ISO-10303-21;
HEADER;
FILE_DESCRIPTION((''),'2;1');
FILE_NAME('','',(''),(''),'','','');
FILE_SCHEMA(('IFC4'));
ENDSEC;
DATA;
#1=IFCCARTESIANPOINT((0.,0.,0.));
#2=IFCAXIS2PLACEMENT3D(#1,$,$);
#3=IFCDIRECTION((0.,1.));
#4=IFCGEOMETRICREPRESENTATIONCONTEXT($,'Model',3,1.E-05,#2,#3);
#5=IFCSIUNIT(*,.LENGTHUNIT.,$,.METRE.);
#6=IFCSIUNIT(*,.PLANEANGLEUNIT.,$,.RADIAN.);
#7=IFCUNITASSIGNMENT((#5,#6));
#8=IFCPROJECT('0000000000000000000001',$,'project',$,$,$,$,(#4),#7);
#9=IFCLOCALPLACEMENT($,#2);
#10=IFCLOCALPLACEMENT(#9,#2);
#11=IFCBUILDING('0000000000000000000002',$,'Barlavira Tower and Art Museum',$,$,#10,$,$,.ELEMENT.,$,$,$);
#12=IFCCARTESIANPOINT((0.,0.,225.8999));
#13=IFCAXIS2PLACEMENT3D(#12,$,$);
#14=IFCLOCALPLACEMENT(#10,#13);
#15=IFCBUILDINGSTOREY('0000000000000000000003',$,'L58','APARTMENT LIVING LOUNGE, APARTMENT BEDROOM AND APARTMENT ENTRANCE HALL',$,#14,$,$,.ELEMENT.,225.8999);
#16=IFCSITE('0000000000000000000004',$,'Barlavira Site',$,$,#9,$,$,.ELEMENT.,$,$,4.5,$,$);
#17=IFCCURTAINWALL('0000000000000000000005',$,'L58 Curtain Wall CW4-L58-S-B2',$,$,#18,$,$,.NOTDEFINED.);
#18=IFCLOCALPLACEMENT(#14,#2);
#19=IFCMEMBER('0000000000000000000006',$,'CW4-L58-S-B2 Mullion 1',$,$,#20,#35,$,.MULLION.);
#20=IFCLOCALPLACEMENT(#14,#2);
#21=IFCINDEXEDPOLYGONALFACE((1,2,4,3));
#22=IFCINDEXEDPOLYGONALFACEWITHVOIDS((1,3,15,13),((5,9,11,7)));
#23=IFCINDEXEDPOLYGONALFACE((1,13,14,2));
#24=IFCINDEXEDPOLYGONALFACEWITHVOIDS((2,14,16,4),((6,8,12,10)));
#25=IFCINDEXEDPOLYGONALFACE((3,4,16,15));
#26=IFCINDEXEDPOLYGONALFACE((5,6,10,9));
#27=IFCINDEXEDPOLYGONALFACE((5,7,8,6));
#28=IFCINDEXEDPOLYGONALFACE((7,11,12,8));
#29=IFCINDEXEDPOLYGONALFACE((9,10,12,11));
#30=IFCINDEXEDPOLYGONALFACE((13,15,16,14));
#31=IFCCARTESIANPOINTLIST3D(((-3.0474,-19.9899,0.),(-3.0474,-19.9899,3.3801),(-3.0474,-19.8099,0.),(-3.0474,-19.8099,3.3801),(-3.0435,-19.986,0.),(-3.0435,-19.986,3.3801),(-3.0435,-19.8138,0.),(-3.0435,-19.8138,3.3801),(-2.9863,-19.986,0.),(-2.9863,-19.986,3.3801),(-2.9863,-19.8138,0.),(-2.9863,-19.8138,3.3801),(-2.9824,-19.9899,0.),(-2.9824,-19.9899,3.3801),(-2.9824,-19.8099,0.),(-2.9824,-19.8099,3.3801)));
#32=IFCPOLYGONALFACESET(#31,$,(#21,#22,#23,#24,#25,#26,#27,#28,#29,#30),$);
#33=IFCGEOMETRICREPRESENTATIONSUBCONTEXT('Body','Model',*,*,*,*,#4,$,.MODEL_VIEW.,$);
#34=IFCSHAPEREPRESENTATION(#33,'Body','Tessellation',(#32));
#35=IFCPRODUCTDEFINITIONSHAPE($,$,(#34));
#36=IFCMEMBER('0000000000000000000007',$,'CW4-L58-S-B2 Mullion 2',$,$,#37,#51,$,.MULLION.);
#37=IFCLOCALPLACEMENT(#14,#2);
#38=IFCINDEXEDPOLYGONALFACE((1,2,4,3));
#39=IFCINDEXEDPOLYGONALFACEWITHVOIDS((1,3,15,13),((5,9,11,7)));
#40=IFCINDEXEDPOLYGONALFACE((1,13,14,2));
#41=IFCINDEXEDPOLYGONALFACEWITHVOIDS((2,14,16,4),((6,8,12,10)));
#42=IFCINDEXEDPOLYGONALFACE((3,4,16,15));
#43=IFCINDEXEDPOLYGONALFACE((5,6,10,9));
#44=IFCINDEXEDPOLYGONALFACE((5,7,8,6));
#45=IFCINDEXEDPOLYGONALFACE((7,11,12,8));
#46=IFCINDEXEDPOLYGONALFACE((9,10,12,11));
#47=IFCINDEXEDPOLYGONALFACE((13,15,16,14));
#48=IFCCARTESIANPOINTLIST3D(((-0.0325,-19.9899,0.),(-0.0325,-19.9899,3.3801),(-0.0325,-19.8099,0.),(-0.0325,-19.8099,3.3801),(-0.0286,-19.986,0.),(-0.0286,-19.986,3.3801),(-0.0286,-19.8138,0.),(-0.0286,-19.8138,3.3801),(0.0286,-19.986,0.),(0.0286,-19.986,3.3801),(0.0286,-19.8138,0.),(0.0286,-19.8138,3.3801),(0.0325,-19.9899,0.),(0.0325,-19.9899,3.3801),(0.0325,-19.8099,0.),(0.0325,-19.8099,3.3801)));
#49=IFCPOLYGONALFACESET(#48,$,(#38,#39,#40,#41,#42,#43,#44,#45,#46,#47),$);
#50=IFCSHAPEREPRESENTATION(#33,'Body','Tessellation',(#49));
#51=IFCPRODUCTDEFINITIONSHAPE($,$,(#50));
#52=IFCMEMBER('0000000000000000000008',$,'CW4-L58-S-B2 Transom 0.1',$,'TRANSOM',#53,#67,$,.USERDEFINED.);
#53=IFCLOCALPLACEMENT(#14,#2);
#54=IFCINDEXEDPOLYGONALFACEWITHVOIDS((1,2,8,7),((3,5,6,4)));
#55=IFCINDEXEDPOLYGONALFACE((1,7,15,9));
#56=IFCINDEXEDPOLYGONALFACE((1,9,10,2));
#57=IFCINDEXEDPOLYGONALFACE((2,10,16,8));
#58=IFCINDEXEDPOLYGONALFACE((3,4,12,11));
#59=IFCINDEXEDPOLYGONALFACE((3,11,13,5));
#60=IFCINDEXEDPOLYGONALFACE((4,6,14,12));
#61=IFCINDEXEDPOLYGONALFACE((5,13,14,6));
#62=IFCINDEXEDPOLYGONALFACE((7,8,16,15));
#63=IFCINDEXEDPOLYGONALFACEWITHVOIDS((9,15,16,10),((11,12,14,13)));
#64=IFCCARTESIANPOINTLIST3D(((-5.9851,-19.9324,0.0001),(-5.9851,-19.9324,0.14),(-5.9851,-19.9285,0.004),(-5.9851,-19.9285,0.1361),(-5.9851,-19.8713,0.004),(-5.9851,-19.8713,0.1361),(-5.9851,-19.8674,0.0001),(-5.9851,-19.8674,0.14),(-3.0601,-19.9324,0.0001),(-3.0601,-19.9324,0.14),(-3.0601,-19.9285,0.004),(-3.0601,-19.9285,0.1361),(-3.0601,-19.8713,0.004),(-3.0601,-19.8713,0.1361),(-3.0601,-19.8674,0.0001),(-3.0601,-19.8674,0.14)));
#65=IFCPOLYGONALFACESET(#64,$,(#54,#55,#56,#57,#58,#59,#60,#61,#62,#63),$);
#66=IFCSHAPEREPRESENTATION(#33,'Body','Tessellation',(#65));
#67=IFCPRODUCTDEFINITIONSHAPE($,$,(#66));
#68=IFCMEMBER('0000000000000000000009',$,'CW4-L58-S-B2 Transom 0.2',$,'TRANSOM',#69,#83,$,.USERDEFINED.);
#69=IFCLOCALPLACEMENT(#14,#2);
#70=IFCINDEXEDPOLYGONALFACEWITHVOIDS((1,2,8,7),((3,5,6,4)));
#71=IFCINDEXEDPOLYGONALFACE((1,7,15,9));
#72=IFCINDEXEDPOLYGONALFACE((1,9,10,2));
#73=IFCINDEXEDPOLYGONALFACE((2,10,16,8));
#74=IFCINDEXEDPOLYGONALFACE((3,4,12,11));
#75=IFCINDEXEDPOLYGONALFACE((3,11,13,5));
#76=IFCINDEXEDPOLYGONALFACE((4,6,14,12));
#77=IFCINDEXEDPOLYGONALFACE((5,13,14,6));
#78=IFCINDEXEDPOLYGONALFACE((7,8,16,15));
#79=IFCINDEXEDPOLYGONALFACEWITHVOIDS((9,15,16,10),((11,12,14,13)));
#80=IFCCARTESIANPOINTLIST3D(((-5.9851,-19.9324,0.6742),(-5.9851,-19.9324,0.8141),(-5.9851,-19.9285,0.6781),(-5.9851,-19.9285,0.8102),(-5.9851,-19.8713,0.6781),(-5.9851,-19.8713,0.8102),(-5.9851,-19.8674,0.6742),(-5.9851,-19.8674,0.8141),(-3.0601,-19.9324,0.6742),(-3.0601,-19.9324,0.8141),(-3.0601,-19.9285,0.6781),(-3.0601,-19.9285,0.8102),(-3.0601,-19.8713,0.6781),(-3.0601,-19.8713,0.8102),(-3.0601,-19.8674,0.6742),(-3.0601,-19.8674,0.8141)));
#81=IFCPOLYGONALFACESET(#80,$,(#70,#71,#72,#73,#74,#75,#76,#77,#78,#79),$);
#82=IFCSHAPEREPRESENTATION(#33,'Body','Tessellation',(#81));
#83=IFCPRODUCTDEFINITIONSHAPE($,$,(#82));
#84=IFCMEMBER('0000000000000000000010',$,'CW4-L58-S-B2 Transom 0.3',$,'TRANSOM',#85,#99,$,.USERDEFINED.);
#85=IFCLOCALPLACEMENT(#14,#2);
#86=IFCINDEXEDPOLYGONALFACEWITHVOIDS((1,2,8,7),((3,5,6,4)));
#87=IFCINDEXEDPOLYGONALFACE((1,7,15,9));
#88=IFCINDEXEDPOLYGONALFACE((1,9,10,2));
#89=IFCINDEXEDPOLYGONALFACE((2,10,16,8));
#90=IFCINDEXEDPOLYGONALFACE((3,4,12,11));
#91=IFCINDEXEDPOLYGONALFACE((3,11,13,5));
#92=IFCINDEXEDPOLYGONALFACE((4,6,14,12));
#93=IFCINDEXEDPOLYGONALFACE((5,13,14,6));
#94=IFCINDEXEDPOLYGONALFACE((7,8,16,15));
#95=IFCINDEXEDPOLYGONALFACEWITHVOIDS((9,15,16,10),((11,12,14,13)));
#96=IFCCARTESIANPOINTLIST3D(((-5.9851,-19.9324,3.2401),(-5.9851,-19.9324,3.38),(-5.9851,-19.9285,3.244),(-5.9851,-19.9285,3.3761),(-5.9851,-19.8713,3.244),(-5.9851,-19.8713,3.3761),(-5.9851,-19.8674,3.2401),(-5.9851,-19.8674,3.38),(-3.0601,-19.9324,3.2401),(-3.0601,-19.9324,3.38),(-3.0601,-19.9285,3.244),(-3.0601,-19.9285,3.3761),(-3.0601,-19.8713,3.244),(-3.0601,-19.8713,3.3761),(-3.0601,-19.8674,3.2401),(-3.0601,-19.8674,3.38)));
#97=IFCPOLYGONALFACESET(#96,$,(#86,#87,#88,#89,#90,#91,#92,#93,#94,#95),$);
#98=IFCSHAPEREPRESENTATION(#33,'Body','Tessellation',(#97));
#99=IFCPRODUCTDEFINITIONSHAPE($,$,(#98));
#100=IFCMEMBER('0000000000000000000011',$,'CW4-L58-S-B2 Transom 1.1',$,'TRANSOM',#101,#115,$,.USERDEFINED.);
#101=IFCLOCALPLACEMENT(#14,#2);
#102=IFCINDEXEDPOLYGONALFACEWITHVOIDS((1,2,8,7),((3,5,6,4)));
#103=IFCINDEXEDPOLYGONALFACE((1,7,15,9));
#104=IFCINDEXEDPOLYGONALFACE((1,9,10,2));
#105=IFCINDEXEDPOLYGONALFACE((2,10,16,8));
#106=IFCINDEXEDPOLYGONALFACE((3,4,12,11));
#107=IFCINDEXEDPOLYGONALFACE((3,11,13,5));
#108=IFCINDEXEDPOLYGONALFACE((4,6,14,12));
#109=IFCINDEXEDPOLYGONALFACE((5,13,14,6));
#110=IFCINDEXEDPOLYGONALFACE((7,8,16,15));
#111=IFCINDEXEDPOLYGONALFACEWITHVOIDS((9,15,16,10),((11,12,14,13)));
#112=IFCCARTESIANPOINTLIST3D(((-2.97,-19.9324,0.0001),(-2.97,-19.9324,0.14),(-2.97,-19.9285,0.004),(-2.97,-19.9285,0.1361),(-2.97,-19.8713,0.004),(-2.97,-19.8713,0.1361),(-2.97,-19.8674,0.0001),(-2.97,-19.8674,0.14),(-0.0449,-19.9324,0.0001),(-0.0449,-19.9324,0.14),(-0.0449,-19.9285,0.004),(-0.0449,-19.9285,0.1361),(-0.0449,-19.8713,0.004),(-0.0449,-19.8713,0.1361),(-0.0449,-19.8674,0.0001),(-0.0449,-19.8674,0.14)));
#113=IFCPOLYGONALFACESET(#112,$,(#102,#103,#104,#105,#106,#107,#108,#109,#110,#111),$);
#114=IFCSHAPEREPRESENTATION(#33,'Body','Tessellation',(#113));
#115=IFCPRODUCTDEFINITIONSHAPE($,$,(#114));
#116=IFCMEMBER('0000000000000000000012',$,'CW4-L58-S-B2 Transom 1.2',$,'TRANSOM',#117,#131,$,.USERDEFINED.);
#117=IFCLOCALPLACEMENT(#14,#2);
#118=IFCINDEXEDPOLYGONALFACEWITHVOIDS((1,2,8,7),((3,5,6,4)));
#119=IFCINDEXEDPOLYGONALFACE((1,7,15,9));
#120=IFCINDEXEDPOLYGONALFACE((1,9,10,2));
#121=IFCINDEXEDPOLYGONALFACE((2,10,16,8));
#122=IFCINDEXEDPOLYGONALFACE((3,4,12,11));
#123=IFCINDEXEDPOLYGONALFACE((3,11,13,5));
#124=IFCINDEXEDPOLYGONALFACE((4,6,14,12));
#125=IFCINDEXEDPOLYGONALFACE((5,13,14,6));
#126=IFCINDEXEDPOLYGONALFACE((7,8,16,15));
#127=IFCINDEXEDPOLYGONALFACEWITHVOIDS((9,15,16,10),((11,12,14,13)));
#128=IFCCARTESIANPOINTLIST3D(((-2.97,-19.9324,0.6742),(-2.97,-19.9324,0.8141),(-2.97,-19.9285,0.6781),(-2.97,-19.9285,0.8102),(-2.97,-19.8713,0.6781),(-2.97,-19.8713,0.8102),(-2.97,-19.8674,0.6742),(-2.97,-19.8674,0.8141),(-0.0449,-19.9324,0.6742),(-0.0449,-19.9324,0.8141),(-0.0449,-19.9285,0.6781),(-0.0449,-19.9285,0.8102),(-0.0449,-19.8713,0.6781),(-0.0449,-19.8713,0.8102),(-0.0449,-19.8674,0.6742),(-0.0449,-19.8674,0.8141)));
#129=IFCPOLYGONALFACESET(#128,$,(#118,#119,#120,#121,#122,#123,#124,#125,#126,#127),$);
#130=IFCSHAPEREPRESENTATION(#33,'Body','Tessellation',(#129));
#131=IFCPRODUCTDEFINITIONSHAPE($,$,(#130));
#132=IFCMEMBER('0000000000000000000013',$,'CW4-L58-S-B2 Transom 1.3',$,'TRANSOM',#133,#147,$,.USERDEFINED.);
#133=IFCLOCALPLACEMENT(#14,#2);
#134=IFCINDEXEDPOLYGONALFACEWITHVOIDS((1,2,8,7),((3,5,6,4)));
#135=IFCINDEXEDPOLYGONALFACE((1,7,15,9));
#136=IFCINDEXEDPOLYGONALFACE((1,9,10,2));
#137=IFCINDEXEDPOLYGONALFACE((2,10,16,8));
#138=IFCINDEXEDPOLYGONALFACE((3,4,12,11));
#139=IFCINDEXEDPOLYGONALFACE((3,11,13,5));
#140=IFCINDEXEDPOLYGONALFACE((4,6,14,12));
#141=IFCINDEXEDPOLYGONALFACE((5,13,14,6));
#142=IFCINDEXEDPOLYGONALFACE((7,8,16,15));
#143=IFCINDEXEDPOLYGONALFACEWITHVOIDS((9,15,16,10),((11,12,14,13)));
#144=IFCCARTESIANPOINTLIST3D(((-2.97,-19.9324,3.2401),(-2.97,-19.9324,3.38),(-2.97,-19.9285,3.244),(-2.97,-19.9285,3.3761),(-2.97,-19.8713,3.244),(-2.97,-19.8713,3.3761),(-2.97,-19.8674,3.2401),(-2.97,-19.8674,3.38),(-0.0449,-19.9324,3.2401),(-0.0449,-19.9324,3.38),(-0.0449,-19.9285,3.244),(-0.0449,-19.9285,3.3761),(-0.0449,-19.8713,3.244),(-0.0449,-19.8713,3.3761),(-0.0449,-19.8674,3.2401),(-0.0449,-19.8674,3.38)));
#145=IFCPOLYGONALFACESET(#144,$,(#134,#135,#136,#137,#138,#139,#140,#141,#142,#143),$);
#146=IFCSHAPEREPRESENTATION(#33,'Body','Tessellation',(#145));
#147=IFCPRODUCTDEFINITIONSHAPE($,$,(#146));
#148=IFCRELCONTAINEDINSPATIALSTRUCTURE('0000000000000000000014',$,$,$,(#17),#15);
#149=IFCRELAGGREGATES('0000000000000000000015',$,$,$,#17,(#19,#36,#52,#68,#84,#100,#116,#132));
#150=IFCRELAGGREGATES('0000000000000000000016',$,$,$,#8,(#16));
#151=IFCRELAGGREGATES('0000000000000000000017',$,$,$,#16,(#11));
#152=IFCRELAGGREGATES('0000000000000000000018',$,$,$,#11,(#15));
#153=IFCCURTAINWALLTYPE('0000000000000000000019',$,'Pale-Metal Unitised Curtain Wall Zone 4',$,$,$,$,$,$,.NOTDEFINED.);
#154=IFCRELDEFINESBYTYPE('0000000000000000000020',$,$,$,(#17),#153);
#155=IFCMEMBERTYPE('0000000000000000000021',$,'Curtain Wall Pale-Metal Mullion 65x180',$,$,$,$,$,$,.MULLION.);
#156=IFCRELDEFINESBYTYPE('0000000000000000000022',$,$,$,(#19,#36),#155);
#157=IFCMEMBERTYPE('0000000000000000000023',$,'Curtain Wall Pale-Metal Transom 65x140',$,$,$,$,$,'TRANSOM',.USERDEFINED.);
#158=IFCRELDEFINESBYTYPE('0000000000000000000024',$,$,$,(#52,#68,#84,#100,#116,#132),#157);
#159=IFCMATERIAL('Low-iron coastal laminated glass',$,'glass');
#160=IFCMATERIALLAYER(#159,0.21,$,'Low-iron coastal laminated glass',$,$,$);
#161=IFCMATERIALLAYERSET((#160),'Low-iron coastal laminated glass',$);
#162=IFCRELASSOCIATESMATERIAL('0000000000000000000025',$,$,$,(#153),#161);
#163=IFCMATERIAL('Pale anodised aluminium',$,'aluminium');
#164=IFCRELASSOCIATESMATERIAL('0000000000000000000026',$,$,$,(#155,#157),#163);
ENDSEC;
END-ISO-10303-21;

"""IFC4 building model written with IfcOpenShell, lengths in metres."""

from ifc_helpers import new_model, si_unit, direction, frame, origin, origin_2d, place, context, subcontext, project, spatial, hollow_rectangle, extrude, material, layer, layer_set, material_profile, profile_set, type_object, element, aggregate, save


model = new_model("IFC4")

# Units and contexts
model_context = context("Model", 3, precision=1e-05, world=origin(), true_north=direction((0.0, 1.0)))
body_context = subcontext(model_context, "Body", "Model", "MODEL_VIEW")
ifc_project = project(units=[si_unit("LENGTHUNIT", "METRE"), si_unit("PLANEANGLEUNIT", "RADIAN")], contexts=[model_context])

# Site, building, storey
site_placement = place(None, origin())
site = spatial("IfcSite", under=ifc_project, at=site_placement, Name="Barlavira Site", CompositionType="ELEMENT", RefElevation=4.5)
building_placement = place(site_placement, origin())
building = spatial("IfcBuilding", under=site, at=building_placement, Name="Barlavira Tower and Art Museum", CompositionType="ELEMENT")
storey_placement = place(building_placement, frame((0.0, 0.0, 225.8999)))
storey = spatial("IfcBuildingStorey", under=building, at=storey_placement, Name="L58", Description="APARTMENT LIVING LOUNGE, APARTMENT BEDROOM AND APARTMENT ENTRANCE HALL", CompositionType="ELEMENT", Elevation=225.8999)

# Curtain wall, members
ifc_material_1 = material(Name="Low-iron coastal laminated glass", Category="glass")
ifc_layer_1 = layer(ifc_material_1, 0.21, Name="Low-iron coastal laminated glass")
ifc_layer_set_1 = layer_set([ifc_layer_1], Name="Low-iron coastal laminated glass")
curtain_wall_type = type_object("IfcCurtainWallType", Name="Pale-Metal Unitised Curtain Wall Zone 4", PredefinedType="NOTDEFINED", material=ifc_layer_set_1)
curtain_wall_placement = place(storey_placement, origin())
curtain_wall = element("IfcCurtainWall", 1, at=curtain_wall_placement, inside=storey, type_object=curtain_wall_type, Name="L58 Curtain Wall CW4-L58-S-B2", PredefinedType="NOTDEFINED")
ifc_material_2 = material(Name="Pale anodised aluminium", Category="aluminium")
ifc_material_profile_1 = material_profile(ifc_material_2, hollow_rectangle(XDim=0.0649, YDim=0.1799, WallThickness=0.0039, at=origin_2d()), Name="ALU-MULL 65x180x4")
ifc_profile_set_1 = profile_set([ifc_material_profile_1], Name="Pale anodised aluminium")
member_type_1 = type_object("IfcMemberType", Name="Curtain Wall Pale-Metal Mullion 65x180", PredefinedType="MULLION", material=ifc_profile_set_1)
member_1_placement = place(storey_placement, frame((-3.0149, -19.8999, 0.0), z_axis=(0.0, 0.0, 1.0), x_axis=(1.0, 0.0, 0.0)))
member_1 = element("IfcMember", 2, at=member_1_placement, type_object=member_type_1, Name="CW4-L58-S-B2 Mullion 1", PredefinedType="MULLION", context=body_context, shape_type="SweptSolid", body=[
    extrude(hollow_rectangle(XDim=0.0649, YDim=0.1799, WallThickness=0.0039, at=origin_2d()), origin(), (0.0, 0.0, 1.0), 3.3801),
])
member_2_placement = place(storey_placement, frame((0.0, -19.8999, 0.0), z_axis=(0.0, 0.0, 1.0), x_axis=(1.0, 0.0, 0.0)))
member_2 = element("IfcMember", 3, at=member_2_placement, type_object=member_type_1, Name="CW4-L58-S-B2 Mullion 2", PredefinedType="MULLION", context=body_context, shape_type="SweptSolid", body=[
    extrude(hollow_rectangle(XDim=0.0649, YDim=0.1799, WallThickness=0.0039, at=origin_2d()), origin(), (0.0, 0.0, 1.0), 3.3801),
])
ifc_material_profile_2 = material_profile(ifc_material_2, hollow_rectangle(XDim=0.0649, YDim=0.1399, WallThickness=0.0039, at=origin_2d()), Name="ALU-TRAN 65x140x4")
ifc_profile_set_2 = profile_set([ifc_material_profile_2], Name="Pale anodised aluminium")
member_type_2 = type_object("IfcMemberType", Name="Curtain Wall Pale-Metal Transom 65x140", ElementType="TRANSOM", PredefinedType="USERDEFINED", material=ifc_profile_set_2)
member_3_placement = place(storey_placement, frame((-5.9851, -19.8999, 0.0701), z_axis=(1.0, 0.0, 0.0), x_axis=(0.0, 1.0, 0.0)))
member_3 = element("IfcMember", 4, at=member_3_placement, type_object=member_type_2, Name="CW4-L58-S-B2 Transom 0.1", ObjectType="TRANSOM", PredefinedType="USERDEFINED", context=body_context, shape_type="SweptSolid", body=[
    extrude(hollow_rectangle(XDim=0.0649, YDim=0.1399, WallThickness=0.0039, at=origin_2d()), origin(), (0.0, 0.0, 1.0), 2.925),
])
member_4_placement = place(storey_placement, frame((-5.9851, -19.8999, 0.7441), z_axis=(1.0, 0.0, 0.0), x_axis=(0.0, 1.0, 0.0)))
member_4 = element("IfcMember", 5, at=member_4_placement, type_object=member_type_2, Name="CW4-L58-S-B2 Transom 0.2", ObjectType="TRANSOM", PredefinedType="USERDEFINED", context=body_context, shape_type="SweptSolid", body=[
    extrude(hollow_rectangle(XDim=0.0649, YDim=0.1399, WallThickness=0.0039, at=origin_2d()), origin(), (0.0, 0.0, 1.0), 2.925),
])
member_5_placement = place(storey_placement, frame((-5.9851, -19.8999, 3.3101), z_axis=(1.0, 0.0, 0.0), x_axis=(0.0, 1.0, 0.0)))
member_5 = element("IfcMember", 6, at=member_5_placement, type_object=member_type_2, Name="CW4-L58-S-B2 Transom 0.3", ObjectType="TRANSOM", PredefinedType="USERDEFINED", context=body_context, shape_type="SweptSolid", body=[
    extrude(hollow_rectangle(XDim=0.0649, YDim=0.1399, WallThickness=0.0039, at=origin_2d()), origin(), (0.0, 0.0, 1.0), 2.925),
])
member_6_placement = place(storey_placement, frame((-2.97, -19.8999, 0.0701), z_axis=(1.0, 0.0, 0.0), x_axis=(0.0, 1.0, 0.0)))
member_6 = element("IfcMember", 7, at=member_6_placement, type_object=member_type_2, Name="CW4-L58-S-B2 Transom 1.1", ObjectType="TRANSOM", PredefinedType="USERDEFINED", context=body_context, shape_type="SweptSolid", body=[
    extrude(hollow_rectangle(XDim=0.0649, YDim=0.1399, WallThickness=0.0039, at=origin_2d()), origin(), (0.0, 0.0, 1.0), 2.925),
])
member_7_placement = place(storey_placement, frame((-2.97, -19.8999, 0.7441), z_axis=(1.0, 0.0, 0.0), x_axis=(0.0, 1.0, 0.0)))
member_7 = element("IfcMember", 8, at=member_7_placement, type_object=member_type_2, Name="CW4-L58-S-B2 Transom 1.2", ObjectType="TRANSOM", PredefinedType="USERDEFINED", context=body_context, shape_type="SweptSolid", body=[
    extrude(hollow_rectangle(XDim=0.0649, YDim=0.1399, WallThickness=0.0039, at=origin_2d()), origin(), (0.0, 0.0, 1.0), 2.925),
])
member_8_placement = place(storey_placement, frame((-2.97, -19.8999, 3.3101), z_axis=(1.0, 0.0, 0.0), x_axis=(0.0, 1.0, 0.0)))
member_8 = element("IfcMember", 9, at=member_8_placement, type_object=member_type_2, Name="CW4-L58-S-B2 Transom 1.3", ObjectType="TRANSOM", PredefinedType="USERDEFINED", context=body_context, shape_type="SweptSolid", body=[
    extrude(hollow_rectangle(XDim=0.0649, YDim=0.1399, WallThickness=0.0039, at=origin_2d()), origin(), (0.0, 0.0, 1.0), 2.925),
])

aggregate(curtain_wall, [member_1, member_2, member_3, member_4, member_5, member_6, member_7, member_8])

save(model, "model.ifc")
